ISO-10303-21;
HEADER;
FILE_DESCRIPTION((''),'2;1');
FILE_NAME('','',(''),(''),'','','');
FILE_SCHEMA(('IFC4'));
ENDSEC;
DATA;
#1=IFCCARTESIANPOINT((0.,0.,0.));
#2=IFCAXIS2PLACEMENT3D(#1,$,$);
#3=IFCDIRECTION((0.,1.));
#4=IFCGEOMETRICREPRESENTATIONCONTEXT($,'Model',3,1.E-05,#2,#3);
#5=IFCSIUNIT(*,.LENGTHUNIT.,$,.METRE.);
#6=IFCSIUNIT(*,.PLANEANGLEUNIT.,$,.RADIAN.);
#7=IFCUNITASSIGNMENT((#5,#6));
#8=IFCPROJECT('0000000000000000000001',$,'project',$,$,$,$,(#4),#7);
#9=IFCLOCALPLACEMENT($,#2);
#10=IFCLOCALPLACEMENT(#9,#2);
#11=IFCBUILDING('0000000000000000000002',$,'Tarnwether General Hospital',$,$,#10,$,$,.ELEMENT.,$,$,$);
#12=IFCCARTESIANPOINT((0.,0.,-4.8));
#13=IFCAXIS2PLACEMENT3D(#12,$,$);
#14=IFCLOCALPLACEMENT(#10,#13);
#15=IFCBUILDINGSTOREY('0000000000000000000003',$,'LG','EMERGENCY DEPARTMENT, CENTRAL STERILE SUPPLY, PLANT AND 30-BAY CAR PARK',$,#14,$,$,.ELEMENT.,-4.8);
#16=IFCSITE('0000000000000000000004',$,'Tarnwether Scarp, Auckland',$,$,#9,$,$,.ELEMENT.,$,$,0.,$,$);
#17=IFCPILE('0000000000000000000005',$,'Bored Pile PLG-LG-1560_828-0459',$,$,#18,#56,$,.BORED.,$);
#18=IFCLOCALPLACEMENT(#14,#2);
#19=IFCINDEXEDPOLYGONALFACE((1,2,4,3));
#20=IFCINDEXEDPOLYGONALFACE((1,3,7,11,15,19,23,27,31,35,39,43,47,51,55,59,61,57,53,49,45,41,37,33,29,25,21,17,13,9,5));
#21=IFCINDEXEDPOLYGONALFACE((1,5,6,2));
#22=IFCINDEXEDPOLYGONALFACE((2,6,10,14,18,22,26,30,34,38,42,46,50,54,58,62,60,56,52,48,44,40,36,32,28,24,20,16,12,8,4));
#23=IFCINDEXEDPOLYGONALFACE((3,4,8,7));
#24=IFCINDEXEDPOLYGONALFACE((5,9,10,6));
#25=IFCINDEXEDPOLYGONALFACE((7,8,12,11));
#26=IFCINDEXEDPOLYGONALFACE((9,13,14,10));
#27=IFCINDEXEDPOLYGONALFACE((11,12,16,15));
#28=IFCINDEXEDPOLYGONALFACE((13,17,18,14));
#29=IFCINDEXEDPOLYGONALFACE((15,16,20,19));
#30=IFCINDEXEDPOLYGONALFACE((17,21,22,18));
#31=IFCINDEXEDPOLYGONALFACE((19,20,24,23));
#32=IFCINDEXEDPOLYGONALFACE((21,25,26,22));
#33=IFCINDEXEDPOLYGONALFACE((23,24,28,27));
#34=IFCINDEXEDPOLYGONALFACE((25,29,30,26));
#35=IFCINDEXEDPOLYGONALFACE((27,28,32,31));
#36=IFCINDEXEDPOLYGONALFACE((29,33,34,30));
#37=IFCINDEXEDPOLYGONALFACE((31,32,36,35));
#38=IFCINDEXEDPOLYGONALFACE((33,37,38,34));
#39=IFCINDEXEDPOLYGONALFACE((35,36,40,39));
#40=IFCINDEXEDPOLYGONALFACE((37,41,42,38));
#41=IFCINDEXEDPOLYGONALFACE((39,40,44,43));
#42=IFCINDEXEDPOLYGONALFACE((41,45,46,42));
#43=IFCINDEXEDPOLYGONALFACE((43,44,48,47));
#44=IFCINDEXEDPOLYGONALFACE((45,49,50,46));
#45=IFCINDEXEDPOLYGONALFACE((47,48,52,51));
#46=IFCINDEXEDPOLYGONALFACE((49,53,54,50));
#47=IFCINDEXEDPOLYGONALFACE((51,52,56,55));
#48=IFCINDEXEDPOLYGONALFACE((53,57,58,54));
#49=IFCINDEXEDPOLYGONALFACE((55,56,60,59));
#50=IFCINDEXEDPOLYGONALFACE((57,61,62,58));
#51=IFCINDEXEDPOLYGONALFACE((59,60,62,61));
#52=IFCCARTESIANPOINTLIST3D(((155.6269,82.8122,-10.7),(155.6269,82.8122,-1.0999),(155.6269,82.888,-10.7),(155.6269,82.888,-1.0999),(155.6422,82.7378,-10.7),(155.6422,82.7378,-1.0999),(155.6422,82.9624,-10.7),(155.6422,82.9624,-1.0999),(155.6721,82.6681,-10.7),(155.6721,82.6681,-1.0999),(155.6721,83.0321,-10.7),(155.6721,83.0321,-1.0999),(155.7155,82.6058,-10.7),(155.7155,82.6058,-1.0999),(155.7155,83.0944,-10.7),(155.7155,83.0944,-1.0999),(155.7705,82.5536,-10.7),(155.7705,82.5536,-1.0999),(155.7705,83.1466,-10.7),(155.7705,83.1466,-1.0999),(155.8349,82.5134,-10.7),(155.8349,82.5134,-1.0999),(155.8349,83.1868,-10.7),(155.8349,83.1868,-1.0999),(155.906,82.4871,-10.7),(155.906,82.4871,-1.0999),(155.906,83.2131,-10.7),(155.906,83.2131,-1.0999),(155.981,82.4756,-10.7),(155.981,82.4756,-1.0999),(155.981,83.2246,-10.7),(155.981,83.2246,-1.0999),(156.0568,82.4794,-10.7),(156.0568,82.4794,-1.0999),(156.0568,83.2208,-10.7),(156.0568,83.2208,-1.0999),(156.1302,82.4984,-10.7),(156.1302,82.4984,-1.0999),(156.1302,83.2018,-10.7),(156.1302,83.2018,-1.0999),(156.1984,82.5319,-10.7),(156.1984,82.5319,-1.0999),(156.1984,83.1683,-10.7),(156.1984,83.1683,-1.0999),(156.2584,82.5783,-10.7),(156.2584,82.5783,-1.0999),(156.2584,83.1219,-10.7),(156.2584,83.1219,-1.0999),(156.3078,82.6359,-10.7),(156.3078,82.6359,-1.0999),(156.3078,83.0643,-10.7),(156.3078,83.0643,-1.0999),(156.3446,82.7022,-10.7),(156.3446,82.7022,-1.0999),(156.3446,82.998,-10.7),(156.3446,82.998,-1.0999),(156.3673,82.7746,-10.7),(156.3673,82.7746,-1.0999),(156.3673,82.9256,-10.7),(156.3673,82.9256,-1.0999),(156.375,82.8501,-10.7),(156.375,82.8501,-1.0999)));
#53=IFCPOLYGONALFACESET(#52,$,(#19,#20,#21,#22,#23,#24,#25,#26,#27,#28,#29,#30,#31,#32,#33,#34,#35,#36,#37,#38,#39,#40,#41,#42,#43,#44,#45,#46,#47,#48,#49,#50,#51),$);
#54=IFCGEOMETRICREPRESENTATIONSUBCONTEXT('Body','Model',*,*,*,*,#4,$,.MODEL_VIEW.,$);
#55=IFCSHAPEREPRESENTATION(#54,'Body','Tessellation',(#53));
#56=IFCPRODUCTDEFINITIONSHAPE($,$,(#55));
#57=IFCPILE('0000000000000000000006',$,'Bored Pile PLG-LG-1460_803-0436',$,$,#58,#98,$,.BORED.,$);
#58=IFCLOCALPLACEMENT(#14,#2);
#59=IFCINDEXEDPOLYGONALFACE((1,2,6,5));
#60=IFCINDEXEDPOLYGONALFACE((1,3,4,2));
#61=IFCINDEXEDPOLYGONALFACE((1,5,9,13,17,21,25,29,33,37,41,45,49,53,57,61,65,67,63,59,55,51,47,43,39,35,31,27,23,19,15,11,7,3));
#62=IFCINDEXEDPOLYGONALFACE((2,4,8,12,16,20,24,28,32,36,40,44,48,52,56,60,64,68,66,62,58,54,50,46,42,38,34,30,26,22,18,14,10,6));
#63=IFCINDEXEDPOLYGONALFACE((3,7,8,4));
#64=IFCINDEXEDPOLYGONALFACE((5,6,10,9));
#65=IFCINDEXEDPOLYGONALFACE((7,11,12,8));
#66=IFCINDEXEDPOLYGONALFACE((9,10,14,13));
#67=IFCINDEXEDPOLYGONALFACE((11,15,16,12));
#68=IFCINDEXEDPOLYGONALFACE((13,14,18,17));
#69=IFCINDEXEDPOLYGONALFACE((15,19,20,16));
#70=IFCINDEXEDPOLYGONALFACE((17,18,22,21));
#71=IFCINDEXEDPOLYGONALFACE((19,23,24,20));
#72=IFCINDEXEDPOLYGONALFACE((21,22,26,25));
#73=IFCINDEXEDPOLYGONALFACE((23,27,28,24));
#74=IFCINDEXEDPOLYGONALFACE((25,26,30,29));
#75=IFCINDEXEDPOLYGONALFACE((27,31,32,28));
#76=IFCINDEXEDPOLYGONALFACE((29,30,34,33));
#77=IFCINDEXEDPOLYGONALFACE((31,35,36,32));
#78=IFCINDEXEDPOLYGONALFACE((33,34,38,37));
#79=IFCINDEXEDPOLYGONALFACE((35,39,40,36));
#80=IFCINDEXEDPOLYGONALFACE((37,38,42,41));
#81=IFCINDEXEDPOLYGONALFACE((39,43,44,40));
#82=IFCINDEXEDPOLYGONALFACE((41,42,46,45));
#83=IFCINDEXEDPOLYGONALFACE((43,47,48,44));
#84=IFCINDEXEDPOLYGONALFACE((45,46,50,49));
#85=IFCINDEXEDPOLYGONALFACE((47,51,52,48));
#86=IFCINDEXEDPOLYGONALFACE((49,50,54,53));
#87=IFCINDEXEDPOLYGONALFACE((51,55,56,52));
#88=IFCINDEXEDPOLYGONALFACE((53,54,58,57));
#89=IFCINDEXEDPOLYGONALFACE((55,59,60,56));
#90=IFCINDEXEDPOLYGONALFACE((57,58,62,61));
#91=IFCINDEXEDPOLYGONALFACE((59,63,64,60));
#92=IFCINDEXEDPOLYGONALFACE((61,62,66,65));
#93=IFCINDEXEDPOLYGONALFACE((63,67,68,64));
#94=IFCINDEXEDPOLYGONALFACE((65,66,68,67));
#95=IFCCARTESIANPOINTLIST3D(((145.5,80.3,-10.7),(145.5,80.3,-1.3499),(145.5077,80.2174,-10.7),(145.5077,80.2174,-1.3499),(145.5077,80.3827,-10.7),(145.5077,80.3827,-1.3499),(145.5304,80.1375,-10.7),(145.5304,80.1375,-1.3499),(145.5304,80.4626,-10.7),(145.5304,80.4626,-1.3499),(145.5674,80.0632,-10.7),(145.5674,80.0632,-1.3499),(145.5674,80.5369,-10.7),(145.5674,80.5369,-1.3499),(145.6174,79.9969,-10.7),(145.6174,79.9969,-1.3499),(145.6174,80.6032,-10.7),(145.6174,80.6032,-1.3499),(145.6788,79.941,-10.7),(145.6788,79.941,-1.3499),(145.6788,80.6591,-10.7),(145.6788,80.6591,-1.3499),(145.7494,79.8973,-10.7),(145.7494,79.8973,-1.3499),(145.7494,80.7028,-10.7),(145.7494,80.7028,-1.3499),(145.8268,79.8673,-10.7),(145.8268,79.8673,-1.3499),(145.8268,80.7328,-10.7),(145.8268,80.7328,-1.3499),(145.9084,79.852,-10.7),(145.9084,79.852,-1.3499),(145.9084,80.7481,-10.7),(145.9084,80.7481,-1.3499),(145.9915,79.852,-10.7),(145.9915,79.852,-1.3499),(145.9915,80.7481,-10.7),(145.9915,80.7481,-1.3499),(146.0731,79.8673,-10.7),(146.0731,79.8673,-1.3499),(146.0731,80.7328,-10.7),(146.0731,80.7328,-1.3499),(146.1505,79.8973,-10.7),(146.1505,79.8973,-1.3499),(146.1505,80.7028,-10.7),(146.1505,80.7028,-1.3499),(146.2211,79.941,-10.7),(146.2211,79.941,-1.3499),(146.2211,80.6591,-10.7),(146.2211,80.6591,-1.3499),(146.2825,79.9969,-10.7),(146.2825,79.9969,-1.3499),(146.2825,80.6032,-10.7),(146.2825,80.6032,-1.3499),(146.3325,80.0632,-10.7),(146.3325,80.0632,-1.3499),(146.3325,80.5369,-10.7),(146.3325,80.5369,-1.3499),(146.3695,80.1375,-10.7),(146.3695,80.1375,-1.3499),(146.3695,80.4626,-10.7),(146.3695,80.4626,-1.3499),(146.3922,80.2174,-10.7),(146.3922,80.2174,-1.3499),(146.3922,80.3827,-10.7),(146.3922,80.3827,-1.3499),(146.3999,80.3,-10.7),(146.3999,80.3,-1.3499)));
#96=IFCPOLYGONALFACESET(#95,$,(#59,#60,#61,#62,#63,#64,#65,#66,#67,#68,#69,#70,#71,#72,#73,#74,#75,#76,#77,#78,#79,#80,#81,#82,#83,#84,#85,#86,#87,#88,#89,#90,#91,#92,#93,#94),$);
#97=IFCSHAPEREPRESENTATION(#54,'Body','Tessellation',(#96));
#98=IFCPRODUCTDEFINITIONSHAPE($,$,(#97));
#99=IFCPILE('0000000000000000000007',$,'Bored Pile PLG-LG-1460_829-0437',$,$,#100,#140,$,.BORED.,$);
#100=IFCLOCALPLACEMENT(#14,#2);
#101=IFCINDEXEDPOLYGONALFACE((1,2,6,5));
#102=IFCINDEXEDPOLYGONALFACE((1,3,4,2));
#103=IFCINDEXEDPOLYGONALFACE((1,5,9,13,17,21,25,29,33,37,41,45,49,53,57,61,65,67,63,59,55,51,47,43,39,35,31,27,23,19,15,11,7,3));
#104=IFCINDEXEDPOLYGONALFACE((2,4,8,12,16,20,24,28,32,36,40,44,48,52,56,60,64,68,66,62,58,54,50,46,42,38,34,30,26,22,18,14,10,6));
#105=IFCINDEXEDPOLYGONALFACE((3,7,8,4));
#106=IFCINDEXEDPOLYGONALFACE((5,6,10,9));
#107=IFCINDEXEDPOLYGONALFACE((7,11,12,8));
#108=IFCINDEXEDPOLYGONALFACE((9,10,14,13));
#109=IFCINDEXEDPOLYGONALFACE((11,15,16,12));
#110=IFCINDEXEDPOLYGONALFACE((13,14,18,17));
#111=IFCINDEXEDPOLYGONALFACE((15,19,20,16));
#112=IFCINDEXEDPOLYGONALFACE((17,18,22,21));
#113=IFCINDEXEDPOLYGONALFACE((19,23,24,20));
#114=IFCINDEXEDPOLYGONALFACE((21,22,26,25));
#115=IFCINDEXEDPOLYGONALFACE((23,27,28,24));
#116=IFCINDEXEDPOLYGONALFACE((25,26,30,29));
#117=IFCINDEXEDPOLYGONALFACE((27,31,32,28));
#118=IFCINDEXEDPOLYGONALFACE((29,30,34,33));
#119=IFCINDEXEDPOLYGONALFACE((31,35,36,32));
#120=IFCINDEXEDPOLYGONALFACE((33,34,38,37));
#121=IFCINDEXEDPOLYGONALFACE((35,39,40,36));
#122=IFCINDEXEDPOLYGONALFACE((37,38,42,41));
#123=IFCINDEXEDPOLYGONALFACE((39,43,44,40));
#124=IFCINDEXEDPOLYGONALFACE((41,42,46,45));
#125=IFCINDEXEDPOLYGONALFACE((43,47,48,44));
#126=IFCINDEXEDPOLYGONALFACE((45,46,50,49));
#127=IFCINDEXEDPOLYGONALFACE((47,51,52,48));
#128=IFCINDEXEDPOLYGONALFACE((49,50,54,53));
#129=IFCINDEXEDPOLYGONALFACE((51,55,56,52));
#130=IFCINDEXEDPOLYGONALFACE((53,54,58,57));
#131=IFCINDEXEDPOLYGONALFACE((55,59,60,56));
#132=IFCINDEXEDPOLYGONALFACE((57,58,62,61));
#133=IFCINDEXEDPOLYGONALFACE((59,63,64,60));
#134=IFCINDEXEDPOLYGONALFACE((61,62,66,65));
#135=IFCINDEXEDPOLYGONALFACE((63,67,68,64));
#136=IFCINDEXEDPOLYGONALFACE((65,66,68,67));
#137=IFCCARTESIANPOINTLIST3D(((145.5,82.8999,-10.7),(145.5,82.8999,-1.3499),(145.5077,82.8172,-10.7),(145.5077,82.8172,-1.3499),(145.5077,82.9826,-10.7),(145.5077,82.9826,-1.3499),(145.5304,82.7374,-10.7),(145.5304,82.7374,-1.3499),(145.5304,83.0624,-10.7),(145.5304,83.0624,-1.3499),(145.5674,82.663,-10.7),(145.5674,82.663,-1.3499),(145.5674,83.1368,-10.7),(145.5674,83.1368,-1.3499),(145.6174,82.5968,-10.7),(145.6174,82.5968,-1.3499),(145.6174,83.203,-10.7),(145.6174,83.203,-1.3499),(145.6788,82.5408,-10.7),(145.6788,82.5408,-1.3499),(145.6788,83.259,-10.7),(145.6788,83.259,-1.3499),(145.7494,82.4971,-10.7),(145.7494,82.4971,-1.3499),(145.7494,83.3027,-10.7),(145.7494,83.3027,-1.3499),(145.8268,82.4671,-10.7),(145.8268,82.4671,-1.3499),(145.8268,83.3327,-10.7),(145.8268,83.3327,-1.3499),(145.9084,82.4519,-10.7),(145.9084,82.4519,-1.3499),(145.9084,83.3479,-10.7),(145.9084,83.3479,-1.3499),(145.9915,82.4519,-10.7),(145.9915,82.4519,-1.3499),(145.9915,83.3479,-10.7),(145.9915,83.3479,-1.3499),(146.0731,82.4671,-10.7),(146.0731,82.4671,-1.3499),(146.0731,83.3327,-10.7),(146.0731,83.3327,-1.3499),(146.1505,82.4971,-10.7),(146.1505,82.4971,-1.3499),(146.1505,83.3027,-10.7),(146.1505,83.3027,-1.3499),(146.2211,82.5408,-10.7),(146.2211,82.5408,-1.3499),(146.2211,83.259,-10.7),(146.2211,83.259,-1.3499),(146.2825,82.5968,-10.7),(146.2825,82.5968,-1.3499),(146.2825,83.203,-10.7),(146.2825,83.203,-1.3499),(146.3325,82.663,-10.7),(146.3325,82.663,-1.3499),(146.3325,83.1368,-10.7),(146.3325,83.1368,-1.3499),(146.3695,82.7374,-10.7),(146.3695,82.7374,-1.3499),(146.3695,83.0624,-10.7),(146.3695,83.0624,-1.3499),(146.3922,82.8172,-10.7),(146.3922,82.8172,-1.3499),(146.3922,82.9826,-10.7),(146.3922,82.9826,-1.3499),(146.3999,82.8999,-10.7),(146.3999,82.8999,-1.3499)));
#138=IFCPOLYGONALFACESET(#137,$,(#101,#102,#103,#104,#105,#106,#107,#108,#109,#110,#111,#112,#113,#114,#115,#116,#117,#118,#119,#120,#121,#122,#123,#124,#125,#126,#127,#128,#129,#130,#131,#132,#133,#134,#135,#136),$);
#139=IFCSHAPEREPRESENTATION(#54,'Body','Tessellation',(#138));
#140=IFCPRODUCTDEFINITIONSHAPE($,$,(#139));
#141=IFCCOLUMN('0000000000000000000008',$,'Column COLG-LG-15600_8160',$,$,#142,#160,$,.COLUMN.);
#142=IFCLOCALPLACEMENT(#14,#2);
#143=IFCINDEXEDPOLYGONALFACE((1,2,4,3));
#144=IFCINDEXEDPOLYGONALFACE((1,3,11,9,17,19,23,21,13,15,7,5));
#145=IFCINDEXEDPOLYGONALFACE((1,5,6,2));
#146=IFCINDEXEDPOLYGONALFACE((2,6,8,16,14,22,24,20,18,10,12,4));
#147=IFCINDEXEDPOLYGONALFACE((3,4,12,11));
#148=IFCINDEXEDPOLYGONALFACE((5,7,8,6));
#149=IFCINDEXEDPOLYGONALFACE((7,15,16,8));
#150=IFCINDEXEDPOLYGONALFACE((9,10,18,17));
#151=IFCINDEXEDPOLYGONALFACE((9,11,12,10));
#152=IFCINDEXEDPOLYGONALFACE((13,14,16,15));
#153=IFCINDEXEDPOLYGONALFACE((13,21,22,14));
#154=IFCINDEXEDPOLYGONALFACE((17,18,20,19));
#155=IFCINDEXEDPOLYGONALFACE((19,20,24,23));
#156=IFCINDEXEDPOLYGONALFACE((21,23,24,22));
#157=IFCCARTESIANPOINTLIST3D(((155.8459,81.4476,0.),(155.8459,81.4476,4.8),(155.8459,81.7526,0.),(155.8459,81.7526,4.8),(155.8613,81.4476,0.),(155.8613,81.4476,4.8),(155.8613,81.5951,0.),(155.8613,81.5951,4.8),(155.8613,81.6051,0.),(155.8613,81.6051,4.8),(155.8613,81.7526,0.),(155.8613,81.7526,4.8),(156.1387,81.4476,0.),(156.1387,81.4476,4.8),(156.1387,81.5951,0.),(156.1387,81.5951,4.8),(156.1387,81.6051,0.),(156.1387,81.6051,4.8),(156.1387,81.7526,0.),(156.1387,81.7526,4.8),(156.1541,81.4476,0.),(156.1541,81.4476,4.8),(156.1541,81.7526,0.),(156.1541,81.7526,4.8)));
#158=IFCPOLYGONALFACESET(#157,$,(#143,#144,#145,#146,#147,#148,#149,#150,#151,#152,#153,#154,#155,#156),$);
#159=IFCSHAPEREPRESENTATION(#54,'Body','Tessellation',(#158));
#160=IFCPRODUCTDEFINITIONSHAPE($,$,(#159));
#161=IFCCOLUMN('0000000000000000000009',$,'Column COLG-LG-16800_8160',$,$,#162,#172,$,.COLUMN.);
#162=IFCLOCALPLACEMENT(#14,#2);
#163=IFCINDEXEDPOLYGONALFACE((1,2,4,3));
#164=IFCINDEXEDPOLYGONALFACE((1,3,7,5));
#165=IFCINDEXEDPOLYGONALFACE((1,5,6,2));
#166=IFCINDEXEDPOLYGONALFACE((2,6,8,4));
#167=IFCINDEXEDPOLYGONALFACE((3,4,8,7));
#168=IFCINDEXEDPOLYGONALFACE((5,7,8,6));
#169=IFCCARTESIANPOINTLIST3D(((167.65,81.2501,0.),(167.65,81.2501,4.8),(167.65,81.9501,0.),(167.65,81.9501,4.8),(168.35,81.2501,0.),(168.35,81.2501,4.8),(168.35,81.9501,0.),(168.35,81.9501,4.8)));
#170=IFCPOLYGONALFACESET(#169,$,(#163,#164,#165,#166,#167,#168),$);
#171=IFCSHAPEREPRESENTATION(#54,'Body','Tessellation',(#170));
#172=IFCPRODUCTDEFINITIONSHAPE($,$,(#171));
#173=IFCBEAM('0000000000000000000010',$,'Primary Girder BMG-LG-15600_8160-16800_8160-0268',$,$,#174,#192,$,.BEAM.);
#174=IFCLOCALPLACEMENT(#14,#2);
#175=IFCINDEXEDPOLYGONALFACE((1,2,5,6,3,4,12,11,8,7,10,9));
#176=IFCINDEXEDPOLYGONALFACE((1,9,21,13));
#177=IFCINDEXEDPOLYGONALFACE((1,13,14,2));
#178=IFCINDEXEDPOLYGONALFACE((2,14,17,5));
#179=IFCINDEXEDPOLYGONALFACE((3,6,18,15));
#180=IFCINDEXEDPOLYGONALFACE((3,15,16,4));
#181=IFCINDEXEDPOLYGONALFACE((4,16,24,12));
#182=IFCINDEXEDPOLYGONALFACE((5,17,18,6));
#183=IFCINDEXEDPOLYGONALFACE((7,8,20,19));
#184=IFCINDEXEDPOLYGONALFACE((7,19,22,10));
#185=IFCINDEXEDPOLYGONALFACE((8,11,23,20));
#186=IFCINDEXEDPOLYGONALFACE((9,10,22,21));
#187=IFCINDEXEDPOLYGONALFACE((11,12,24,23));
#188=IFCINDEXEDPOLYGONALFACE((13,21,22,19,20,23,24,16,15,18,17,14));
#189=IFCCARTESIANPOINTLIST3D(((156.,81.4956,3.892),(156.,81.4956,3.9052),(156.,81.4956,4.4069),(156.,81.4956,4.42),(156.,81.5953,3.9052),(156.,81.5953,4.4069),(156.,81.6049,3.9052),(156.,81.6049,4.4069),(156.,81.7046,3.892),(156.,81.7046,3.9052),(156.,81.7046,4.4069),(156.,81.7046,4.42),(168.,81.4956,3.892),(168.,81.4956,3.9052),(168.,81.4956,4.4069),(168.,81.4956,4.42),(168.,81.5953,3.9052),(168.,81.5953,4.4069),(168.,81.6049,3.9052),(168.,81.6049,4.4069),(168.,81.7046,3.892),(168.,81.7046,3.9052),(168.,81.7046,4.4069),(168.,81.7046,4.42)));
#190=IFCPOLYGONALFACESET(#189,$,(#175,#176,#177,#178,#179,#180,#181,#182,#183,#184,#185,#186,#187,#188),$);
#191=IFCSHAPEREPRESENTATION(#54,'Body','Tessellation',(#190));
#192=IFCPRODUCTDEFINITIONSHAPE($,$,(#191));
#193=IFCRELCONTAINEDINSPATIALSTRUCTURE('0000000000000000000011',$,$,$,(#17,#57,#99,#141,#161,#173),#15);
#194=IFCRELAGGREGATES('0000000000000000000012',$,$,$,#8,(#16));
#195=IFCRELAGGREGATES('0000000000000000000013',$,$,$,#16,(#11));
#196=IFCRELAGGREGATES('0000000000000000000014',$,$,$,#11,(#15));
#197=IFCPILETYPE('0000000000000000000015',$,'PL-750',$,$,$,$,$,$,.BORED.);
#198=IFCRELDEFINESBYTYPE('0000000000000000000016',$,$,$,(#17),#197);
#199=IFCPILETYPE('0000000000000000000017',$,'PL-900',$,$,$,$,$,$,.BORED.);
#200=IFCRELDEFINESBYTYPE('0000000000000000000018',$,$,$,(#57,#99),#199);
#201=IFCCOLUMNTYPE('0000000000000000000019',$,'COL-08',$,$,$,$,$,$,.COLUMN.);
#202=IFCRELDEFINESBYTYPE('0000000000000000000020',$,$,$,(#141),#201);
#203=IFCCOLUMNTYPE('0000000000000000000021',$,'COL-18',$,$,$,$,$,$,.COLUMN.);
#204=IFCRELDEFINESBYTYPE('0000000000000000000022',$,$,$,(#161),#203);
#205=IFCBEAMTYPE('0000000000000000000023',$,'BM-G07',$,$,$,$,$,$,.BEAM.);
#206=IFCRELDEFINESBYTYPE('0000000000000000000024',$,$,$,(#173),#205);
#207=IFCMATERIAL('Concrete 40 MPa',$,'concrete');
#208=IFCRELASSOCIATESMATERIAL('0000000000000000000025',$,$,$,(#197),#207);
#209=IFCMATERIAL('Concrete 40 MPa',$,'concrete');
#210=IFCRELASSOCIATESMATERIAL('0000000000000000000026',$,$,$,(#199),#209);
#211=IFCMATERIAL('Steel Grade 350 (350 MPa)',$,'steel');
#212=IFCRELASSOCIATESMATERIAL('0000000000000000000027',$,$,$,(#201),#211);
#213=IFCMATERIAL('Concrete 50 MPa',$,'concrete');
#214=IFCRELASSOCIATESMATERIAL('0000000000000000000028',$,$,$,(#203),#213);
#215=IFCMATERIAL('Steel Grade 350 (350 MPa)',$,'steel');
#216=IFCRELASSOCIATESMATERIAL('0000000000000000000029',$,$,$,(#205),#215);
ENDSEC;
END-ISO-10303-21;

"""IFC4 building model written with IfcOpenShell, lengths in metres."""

from ifc_helpers import new_model, si_unit, direction, frame, origin, origin_2d, place, context, subcontext, project, spatial, rectangle, circle, i_section, extrude, material, material_profile, profile_set, type_object, element, save


model = new_model("IFC4")

# Units and contexts
model_context = context("Model", 3, precision=1e-05, world=origin(), true_north=direction((0.0, 1.0)))
body_context = subcontext(model_context, "Body", "Model", "MODEL_VIEW")
ifc_project = project(units=[si_unit("LENGTHUNIT", "METRE"), si_unit("PLANEANGLEUNIT", "RADIAN")], contexts=[model_context])

# Site, building, storey
site_placement = place(None, origin())
site = spatial("IfcSite", under=ifc_project, at=site_placement, Name="Tarnwether Scarp, Auckland", CompositionType="ELEMENT", RefElevation=0.0)
building_placement = place(site_placement, origin())
building = spatial("IfcBuilding", under=site, at=building_placement, Name="Tarnwether General Hospital", CompositionType="ELEMENT")
storey_placement = place(building_placement, frame((0.0, 0.0, -4.8)))
storey = spatial("IfcBuildingStorey", under=building, at=storey_placement, Name="LG", Description="EMERGENCY DEPARTMENT, CENTRAL STERILE SUPPLY, PLANT AND 30-BAY CAR PARK", CompositionType="ELEMENT", Elevation=-4.8)

# Piles
ifc_material_1 = material(Name="Concrete 40 MPa", Category="concrete")
ifc_material_profile_1 = material_profile(ifc_material_1, circle(Radius=0.375, at=origin_2d()), Name="PILE-D750")
ifc_profile_set_1 = profile_set([ifc_material_profile_1], Name="Concrete 40 MPa")
pile_type_1 = type_object("IfcPileType", Name="PL-750", PredefinedType="BORED", material=ifc_profile_set_1)
for number, where, z_axis, x_axis, name in (
    (1, (156.0, 82.8501, -1.0999), (0.0, 0.0, -1.0), (1.0, 0.0, 0.0), "Bored Pile PLG-LG-1560_828-0459"),
):
    element("IfcPile", number, at=place(storey_placement, frame(where, z_axis=z_axis, x_axis=x_axis)), inside=storey, type_object=pile_type_1, Name=name, PredefinedType="BORED", context=body_context, shape_type="SweptSolid", body=[
        extrude(circle(Radius=0.375, at=origin_2d()), origin(), (0.0, 0.0, 1.0), 9.6001),
    ])
ifc_material_2 = material(Name="Concrete 40 MPa", Category="concrete")
ifc_material_profile_2 = material_profile(ifc_material_2, circle(Radius=0.45, at=origin_2d()), Name="PILE-D900")
ifc_profile_set_2 = profile_set([ifc_material_profile_2], Name="Concrete 40 MPa")
pile_type_2 = type_object("IfcPileType", Name="PL-900", PredefinedType="BORED", material=ifc_profile_set_2)
for number, where, z_axis, x_axis, name in (
    (2, (145.95, 80.3, -1.3499), (0.0, 0.0, -1.0), (1.0, 0.0, 0.0), "Bored Pile PLG-LG-1460_803-0436"),
    (3, (145.95, 82.8999, -1.3499), (0.0, 0.0, -1.0), (1.0, 0.0, 0.0), "Bored Pile PLG-LG-1460_829-0437"),
):
    element("IfcPile", number, at=place(storey_placement, frame(where, z_axis=z_axis, x_axis=x_axis)), inside=storey, type_object=pile_type_2, Name=name, PredefinedType="BORED", context=body_context, shape_type="SweptSolid", body=[
        extrude(circle(Radius=0.45, at=origin_2d()), origin(), (0.0, 0.0, 1.0), 9.3501),
    ])

# Columns
ifc_material_3 = material(Name="Steel Grade 350 (350 MPa)", Category="steel")
ifc_material_profile_3 = material_profile(ifc_material_3, i_section(OverallWidth=0.3049, OverallDepth=0.3081, WebThickness=0.01, FlangeThickness=0.0154, at=origin_2d()), Name="310UC96.8")
ifc_profile_set_3 = profile_set([ifc_material_profile_3], Name="Steel Grade 350 (350 MPa)")
column_type_1 = type_object("IfcColumnType", Name="COL-08", PredefinedType="COLUMN", material=ifc_profile_set_3)
column_1_placement = place(storey_placement, frame((156.0, 81.6001, 0.0), z_axis=(0.0, 0.0, 1.0), x_axis=(0.0, 1.0, 0.0)))
element("IfcColumn", 4, at=column_1_placement, inside=storey, type_object=column_type_1, Name="Column COLG-LG-15600_8160", PredefinedType="COLUMN", context=body_context, shape_type="SweptSolid", body=[
    extrude(i_section(OverallWidth=0.3049, OverallDepth=0.3081, WebThickness=0.01, FlangeThickness=0.0154, at=origin_2d()), origin(), (0.0, 0.0, 1.0), 4.8),
])
ifc_material_4 = material(Name="Concrete 50 MPa", Category="concrete")
ifc_material_profile_4 = material_profile(ifc_material_4, rectangle(XDim=0.7, YDim=0.7, at=origin_2d()), Name="RC-COL-700x700")
ifc_profile_set_4 = profile_set([ifc_material_profile_4], Name="Concrete 50 MPa")
column_type_2 = type_object("IfcColumnType", Name="COL-18", PredefinedType="COLUMN", material=ifc_profile_set_4)
column_2_placement = place(storey_placement, frame((168.0, 81.6001, 0.0), z_axis=(0.0, 0.0, 1.0), x_axis=(1.0, 0.0, 0.0)))
element("IfcColumn", 5, at=column_2_placement, inside=storey, type_object=column_type_2, Name="Column COLG-LG-16800_8160", PredefinedType="COLUMN", context=body_context, shape_type="SweptSolid", body=[
    extrude(rectangle(XDim=0.7, YDim=0.7, at=origin_2d()), origin(), (0.0, 0.0, 1.0), 4.8),
])

# Beam
ifc_material_5 = material(Name="Steel Grade 350 (350 MPa)", Category="steel")
ifc_material_profile_5 = material_profile(ifc_material_5, i_section(OverallWidth=0.209, OverallDepth=0.5281, WebThickness=0.0095, FlangeThickness=0.0132, at=origin_2d()), Name="530UB82.0")
ifc_profile_set_5 = profile_set([ifc_material_profile_5], Name="Steel Grade 350 (350 MPa)")
beam_type_1 = type_object("IfcBeamType", Name="BM-G07", PredefinedType="BEAM", material=ifc_profile_set_5)
beam_1_placement = place(storey_placement, frame((156.0, 81.6001, 4.156), z_axis=(1.0, 0.0, 0.0), x_axis=(0.0, 1.0, 0.0)))
element("IfcBeam", 6, at=beam_1_placement, inside=storey, type_object=beam_type_1, Name="Primary Girder BMG-LG-15600_8160-16800_8160-0268", PredefinedType="BEAM", context=body_context, shape_type="SweptSolid", body=[
    extrude(i_section(OverallWidth=0.209, OverallDepth=0.5281, WebThickness=0.0095, FlangeThickness=0.0132, at=origin_2d()), origin(), (0.0, 0.0, 1.0), 12.0),
])

save(model, "model.ifc")
